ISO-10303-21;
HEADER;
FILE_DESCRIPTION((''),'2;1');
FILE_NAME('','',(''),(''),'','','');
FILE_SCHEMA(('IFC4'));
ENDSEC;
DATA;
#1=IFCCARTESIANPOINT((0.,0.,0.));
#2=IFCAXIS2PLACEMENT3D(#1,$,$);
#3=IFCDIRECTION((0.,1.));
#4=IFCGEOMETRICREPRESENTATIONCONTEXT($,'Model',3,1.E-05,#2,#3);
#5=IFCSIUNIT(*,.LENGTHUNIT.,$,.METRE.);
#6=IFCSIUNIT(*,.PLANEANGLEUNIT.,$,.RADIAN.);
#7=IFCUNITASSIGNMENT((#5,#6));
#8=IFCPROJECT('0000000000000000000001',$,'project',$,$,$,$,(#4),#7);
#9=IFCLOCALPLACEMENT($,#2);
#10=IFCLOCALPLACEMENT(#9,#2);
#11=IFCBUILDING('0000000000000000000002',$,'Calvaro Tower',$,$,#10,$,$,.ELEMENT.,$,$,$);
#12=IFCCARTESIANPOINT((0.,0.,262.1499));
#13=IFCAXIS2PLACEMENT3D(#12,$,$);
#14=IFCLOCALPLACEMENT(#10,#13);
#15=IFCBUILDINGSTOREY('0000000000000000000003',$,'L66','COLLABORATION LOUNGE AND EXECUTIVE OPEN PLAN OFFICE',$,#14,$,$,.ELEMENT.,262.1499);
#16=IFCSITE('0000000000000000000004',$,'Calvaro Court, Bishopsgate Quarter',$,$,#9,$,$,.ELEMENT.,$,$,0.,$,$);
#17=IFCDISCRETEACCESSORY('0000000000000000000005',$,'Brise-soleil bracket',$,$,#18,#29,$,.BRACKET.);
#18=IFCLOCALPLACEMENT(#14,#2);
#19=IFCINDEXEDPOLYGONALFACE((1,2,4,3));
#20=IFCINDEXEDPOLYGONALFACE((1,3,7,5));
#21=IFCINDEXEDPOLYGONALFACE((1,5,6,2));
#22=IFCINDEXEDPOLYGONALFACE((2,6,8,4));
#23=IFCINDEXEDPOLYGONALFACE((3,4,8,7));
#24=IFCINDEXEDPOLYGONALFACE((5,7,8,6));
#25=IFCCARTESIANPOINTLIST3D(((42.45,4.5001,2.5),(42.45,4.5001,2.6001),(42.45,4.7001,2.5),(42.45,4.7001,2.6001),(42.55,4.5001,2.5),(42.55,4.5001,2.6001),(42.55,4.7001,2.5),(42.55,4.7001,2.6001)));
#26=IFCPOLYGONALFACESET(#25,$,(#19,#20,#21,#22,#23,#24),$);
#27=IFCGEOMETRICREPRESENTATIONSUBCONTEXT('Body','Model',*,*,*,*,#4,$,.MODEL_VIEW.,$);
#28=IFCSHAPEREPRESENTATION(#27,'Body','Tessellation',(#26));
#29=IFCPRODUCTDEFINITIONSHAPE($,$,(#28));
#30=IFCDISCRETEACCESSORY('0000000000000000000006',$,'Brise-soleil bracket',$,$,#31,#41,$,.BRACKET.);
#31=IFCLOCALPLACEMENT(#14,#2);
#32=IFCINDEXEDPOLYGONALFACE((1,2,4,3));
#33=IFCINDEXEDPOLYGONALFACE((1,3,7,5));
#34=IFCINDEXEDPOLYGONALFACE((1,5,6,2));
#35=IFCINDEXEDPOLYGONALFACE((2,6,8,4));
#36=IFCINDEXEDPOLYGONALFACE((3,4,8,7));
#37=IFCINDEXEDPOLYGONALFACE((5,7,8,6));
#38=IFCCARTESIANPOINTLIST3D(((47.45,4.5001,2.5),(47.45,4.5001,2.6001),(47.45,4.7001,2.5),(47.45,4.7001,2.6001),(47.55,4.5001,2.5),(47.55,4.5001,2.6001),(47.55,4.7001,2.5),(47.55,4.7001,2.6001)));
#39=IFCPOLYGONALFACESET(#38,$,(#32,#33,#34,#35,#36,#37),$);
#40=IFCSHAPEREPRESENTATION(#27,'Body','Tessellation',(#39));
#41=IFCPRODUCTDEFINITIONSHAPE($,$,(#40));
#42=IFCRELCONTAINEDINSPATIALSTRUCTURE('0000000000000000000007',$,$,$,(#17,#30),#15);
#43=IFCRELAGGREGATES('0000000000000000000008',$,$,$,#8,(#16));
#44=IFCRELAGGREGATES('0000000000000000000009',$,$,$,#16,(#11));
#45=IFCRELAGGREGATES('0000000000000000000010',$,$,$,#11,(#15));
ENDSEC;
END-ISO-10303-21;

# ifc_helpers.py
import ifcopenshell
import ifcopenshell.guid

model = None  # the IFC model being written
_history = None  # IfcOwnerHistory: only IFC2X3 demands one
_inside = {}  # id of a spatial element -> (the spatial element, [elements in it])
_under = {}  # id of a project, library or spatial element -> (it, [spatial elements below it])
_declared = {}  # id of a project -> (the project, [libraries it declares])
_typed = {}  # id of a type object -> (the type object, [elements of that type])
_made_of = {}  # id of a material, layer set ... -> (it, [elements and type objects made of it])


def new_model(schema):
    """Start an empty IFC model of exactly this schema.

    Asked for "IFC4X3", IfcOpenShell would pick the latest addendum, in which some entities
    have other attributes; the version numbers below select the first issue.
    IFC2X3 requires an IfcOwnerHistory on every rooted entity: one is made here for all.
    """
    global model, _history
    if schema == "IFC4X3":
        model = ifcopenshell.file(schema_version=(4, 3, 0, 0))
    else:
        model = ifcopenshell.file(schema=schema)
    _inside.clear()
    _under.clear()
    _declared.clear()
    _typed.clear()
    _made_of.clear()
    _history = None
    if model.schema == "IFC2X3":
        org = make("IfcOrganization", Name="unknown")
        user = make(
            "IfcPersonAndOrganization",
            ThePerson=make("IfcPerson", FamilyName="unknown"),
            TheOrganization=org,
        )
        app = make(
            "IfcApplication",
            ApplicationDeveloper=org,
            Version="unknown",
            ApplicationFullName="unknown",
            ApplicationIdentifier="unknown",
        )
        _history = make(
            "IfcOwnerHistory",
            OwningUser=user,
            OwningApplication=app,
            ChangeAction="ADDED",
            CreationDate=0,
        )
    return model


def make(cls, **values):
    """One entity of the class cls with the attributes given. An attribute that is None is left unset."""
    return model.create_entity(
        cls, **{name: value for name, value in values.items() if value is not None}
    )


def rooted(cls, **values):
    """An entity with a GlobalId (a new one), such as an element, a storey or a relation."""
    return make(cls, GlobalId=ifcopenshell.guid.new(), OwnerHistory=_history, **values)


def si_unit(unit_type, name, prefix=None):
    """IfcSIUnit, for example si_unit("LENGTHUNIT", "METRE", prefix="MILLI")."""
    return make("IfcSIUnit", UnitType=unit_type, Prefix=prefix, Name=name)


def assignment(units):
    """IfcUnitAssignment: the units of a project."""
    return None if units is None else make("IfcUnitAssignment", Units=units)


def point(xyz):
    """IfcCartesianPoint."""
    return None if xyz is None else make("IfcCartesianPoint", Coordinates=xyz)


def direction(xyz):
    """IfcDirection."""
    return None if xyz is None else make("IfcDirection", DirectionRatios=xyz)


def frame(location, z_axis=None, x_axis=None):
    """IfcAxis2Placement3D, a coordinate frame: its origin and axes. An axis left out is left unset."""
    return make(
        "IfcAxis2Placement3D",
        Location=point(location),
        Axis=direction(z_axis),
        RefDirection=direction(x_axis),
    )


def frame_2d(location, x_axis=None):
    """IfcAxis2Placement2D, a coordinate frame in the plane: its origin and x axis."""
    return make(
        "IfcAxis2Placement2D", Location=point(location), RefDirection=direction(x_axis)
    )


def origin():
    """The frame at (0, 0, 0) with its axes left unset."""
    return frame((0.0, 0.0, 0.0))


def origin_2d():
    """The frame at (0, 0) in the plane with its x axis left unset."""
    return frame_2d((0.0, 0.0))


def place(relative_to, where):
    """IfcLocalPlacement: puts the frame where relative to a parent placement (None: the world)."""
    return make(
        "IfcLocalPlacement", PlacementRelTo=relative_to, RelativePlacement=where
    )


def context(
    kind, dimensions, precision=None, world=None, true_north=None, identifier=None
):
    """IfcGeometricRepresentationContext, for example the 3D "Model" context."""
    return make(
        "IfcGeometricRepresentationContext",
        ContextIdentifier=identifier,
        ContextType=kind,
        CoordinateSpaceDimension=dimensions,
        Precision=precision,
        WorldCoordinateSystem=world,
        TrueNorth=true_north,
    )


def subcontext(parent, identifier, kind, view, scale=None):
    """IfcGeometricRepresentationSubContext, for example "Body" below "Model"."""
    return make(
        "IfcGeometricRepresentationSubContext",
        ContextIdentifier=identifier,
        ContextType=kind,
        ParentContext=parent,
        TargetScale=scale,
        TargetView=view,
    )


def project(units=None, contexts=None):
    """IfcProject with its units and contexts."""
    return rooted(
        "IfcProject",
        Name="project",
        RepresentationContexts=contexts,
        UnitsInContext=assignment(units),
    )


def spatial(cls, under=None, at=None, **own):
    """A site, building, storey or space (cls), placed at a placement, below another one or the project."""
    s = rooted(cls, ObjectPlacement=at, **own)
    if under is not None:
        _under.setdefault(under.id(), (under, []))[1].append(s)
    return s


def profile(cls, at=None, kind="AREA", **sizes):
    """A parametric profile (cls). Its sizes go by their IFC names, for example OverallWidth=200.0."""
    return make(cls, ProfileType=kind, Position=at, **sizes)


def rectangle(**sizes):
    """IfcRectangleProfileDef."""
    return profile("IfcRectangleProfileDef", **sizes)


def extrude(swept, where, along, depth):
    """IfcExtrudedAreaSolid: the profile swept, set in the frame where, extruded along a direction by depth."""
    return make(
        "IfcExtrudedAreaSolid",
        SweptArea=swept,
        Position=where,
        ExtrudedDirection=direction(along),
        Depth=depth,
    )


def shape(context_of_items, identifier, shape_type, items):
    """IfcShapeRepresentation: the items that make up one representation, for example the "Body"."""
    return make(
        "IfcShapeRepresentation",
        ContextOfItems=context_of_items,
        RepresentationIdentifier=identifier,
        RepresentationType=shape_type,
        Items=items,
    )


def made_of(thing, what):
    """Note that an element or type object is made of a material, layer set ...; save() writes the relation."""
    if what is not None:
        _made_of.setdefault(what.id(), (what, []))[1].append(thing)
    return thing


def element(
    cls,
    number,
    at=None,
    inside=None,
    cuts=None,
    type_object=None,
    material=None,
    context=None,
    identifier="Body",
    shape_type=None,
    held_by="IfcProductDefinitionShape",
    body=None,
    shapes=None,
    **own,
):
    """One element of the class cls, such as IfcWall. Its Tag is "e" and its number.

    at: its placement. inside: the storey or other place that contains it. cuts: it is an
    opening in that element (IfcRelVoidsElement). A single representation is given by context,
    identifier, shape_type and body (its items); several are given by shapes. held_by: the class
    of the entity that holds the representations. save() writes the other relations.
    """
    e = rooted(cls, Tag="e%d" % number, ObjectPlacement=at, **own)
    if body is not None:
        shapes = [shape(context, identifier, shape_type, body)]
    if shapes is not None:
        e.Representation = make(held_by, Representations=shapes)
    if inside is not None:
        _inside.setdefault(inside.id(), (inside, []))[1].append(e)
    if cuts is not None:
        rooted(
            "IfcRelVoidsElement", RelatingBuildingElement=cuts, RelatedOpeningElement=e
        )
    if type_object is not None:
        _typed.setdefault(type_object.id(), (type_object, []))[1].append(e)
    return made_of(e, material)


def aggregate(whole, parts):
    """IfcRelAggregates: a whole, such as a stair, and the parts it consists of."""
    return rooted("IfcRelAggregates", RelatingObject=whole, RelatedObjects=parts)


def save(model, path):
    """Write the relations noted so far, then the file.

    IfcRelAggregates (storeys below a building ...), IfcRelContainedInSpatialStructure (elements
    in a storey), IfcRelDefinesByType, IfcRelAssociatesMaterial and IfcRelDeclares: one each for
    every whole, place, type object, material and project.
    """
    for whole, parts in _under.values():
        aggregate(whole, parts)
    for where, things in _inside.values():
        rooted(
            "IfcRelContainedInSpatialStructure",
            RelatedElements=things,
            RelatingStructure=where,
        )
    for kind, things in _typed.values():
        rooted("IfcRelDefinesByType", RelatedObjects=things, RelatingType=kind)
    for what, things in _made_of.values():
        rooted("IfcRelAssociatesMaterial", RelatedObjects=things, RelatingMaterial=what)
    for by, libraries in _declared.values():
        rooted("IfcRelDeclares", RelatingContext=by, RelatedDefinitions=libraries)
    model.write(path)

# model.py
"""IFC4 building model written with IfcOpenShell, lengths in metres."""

from ifc_helpers import new_model, si_unit, direction, frame, origin, origin_2d, place, context, subcontext, project, spatial, rectangle, extrude, element, save


model = new_model("IFC4")

# Units and contexts
model_context = context("Model", 3, precision=1e-05, world=origin(), true_north=direction((0.0, 1.0)))
body_context = subcontext(model_context, "Body", "Model", "MODEL_VIEW")
ifc_project = project(units=[si_unit("LENGTHUNIT", "METRE"), si_unit("PLANEANGLEUNIT", "RADIAN")], contexts=[model_context])

# Site, building, storey
site_placement = place(None, origin())
site = spatial("IfcSite", under=ifc_project, at=site_placement, Name="Calvaro Court, Bishopsgate Quarter", CompositionType="ELEMENT", RefElevation=0.0)
building_placement = place(site_placement, origin())
building = spatial("IfcBuilding", under=site, at=building_placement, Name="Calvaro Tower", CompositionType="ELEMENT")
storey_placement = place(building_placement, frame((0.0, 0.0, 262.1499)))
storey = spatial("IfcBuildingStorey", under=building, at=storey_placement, Name="L66", Description="COLLABORATION LOUNGE AND EXECUTIVE OPEN PLAN OFFICE", CompositionType="ELEMENT", Elevation=262.1499)

# Discrete accessories
for number, where, z_axis, x_axis, name in (
    (1, (42.5, 4.6001, 2.5), (0.0, 0.0, 1.0), (1.0, 0.0, 0.0), "Brise-soleil bracket"),
    (2, (47.5, 4.6001, 2.5), (0.0, 0.0, 1.0), (1.0, 0.0, 0.0), "Brise-soleil bracket"),
):
    element("IfcDiscreteAccessory", number, at=place(storey_placement, frame(where, z_axis=z_axis, x_axis=x_axis)), inside=storey, Name=name, PredefinedType="BRACKET", context=body_context, shape_type="SweptSolid", body=[
        extrude(rectangle(XDim=0.1001, YDim=0.2, at=origin_2d()), origin(), (0.0, 0.0, 1.0), 0.1001),
    ])

save(model, "model.ifc")
